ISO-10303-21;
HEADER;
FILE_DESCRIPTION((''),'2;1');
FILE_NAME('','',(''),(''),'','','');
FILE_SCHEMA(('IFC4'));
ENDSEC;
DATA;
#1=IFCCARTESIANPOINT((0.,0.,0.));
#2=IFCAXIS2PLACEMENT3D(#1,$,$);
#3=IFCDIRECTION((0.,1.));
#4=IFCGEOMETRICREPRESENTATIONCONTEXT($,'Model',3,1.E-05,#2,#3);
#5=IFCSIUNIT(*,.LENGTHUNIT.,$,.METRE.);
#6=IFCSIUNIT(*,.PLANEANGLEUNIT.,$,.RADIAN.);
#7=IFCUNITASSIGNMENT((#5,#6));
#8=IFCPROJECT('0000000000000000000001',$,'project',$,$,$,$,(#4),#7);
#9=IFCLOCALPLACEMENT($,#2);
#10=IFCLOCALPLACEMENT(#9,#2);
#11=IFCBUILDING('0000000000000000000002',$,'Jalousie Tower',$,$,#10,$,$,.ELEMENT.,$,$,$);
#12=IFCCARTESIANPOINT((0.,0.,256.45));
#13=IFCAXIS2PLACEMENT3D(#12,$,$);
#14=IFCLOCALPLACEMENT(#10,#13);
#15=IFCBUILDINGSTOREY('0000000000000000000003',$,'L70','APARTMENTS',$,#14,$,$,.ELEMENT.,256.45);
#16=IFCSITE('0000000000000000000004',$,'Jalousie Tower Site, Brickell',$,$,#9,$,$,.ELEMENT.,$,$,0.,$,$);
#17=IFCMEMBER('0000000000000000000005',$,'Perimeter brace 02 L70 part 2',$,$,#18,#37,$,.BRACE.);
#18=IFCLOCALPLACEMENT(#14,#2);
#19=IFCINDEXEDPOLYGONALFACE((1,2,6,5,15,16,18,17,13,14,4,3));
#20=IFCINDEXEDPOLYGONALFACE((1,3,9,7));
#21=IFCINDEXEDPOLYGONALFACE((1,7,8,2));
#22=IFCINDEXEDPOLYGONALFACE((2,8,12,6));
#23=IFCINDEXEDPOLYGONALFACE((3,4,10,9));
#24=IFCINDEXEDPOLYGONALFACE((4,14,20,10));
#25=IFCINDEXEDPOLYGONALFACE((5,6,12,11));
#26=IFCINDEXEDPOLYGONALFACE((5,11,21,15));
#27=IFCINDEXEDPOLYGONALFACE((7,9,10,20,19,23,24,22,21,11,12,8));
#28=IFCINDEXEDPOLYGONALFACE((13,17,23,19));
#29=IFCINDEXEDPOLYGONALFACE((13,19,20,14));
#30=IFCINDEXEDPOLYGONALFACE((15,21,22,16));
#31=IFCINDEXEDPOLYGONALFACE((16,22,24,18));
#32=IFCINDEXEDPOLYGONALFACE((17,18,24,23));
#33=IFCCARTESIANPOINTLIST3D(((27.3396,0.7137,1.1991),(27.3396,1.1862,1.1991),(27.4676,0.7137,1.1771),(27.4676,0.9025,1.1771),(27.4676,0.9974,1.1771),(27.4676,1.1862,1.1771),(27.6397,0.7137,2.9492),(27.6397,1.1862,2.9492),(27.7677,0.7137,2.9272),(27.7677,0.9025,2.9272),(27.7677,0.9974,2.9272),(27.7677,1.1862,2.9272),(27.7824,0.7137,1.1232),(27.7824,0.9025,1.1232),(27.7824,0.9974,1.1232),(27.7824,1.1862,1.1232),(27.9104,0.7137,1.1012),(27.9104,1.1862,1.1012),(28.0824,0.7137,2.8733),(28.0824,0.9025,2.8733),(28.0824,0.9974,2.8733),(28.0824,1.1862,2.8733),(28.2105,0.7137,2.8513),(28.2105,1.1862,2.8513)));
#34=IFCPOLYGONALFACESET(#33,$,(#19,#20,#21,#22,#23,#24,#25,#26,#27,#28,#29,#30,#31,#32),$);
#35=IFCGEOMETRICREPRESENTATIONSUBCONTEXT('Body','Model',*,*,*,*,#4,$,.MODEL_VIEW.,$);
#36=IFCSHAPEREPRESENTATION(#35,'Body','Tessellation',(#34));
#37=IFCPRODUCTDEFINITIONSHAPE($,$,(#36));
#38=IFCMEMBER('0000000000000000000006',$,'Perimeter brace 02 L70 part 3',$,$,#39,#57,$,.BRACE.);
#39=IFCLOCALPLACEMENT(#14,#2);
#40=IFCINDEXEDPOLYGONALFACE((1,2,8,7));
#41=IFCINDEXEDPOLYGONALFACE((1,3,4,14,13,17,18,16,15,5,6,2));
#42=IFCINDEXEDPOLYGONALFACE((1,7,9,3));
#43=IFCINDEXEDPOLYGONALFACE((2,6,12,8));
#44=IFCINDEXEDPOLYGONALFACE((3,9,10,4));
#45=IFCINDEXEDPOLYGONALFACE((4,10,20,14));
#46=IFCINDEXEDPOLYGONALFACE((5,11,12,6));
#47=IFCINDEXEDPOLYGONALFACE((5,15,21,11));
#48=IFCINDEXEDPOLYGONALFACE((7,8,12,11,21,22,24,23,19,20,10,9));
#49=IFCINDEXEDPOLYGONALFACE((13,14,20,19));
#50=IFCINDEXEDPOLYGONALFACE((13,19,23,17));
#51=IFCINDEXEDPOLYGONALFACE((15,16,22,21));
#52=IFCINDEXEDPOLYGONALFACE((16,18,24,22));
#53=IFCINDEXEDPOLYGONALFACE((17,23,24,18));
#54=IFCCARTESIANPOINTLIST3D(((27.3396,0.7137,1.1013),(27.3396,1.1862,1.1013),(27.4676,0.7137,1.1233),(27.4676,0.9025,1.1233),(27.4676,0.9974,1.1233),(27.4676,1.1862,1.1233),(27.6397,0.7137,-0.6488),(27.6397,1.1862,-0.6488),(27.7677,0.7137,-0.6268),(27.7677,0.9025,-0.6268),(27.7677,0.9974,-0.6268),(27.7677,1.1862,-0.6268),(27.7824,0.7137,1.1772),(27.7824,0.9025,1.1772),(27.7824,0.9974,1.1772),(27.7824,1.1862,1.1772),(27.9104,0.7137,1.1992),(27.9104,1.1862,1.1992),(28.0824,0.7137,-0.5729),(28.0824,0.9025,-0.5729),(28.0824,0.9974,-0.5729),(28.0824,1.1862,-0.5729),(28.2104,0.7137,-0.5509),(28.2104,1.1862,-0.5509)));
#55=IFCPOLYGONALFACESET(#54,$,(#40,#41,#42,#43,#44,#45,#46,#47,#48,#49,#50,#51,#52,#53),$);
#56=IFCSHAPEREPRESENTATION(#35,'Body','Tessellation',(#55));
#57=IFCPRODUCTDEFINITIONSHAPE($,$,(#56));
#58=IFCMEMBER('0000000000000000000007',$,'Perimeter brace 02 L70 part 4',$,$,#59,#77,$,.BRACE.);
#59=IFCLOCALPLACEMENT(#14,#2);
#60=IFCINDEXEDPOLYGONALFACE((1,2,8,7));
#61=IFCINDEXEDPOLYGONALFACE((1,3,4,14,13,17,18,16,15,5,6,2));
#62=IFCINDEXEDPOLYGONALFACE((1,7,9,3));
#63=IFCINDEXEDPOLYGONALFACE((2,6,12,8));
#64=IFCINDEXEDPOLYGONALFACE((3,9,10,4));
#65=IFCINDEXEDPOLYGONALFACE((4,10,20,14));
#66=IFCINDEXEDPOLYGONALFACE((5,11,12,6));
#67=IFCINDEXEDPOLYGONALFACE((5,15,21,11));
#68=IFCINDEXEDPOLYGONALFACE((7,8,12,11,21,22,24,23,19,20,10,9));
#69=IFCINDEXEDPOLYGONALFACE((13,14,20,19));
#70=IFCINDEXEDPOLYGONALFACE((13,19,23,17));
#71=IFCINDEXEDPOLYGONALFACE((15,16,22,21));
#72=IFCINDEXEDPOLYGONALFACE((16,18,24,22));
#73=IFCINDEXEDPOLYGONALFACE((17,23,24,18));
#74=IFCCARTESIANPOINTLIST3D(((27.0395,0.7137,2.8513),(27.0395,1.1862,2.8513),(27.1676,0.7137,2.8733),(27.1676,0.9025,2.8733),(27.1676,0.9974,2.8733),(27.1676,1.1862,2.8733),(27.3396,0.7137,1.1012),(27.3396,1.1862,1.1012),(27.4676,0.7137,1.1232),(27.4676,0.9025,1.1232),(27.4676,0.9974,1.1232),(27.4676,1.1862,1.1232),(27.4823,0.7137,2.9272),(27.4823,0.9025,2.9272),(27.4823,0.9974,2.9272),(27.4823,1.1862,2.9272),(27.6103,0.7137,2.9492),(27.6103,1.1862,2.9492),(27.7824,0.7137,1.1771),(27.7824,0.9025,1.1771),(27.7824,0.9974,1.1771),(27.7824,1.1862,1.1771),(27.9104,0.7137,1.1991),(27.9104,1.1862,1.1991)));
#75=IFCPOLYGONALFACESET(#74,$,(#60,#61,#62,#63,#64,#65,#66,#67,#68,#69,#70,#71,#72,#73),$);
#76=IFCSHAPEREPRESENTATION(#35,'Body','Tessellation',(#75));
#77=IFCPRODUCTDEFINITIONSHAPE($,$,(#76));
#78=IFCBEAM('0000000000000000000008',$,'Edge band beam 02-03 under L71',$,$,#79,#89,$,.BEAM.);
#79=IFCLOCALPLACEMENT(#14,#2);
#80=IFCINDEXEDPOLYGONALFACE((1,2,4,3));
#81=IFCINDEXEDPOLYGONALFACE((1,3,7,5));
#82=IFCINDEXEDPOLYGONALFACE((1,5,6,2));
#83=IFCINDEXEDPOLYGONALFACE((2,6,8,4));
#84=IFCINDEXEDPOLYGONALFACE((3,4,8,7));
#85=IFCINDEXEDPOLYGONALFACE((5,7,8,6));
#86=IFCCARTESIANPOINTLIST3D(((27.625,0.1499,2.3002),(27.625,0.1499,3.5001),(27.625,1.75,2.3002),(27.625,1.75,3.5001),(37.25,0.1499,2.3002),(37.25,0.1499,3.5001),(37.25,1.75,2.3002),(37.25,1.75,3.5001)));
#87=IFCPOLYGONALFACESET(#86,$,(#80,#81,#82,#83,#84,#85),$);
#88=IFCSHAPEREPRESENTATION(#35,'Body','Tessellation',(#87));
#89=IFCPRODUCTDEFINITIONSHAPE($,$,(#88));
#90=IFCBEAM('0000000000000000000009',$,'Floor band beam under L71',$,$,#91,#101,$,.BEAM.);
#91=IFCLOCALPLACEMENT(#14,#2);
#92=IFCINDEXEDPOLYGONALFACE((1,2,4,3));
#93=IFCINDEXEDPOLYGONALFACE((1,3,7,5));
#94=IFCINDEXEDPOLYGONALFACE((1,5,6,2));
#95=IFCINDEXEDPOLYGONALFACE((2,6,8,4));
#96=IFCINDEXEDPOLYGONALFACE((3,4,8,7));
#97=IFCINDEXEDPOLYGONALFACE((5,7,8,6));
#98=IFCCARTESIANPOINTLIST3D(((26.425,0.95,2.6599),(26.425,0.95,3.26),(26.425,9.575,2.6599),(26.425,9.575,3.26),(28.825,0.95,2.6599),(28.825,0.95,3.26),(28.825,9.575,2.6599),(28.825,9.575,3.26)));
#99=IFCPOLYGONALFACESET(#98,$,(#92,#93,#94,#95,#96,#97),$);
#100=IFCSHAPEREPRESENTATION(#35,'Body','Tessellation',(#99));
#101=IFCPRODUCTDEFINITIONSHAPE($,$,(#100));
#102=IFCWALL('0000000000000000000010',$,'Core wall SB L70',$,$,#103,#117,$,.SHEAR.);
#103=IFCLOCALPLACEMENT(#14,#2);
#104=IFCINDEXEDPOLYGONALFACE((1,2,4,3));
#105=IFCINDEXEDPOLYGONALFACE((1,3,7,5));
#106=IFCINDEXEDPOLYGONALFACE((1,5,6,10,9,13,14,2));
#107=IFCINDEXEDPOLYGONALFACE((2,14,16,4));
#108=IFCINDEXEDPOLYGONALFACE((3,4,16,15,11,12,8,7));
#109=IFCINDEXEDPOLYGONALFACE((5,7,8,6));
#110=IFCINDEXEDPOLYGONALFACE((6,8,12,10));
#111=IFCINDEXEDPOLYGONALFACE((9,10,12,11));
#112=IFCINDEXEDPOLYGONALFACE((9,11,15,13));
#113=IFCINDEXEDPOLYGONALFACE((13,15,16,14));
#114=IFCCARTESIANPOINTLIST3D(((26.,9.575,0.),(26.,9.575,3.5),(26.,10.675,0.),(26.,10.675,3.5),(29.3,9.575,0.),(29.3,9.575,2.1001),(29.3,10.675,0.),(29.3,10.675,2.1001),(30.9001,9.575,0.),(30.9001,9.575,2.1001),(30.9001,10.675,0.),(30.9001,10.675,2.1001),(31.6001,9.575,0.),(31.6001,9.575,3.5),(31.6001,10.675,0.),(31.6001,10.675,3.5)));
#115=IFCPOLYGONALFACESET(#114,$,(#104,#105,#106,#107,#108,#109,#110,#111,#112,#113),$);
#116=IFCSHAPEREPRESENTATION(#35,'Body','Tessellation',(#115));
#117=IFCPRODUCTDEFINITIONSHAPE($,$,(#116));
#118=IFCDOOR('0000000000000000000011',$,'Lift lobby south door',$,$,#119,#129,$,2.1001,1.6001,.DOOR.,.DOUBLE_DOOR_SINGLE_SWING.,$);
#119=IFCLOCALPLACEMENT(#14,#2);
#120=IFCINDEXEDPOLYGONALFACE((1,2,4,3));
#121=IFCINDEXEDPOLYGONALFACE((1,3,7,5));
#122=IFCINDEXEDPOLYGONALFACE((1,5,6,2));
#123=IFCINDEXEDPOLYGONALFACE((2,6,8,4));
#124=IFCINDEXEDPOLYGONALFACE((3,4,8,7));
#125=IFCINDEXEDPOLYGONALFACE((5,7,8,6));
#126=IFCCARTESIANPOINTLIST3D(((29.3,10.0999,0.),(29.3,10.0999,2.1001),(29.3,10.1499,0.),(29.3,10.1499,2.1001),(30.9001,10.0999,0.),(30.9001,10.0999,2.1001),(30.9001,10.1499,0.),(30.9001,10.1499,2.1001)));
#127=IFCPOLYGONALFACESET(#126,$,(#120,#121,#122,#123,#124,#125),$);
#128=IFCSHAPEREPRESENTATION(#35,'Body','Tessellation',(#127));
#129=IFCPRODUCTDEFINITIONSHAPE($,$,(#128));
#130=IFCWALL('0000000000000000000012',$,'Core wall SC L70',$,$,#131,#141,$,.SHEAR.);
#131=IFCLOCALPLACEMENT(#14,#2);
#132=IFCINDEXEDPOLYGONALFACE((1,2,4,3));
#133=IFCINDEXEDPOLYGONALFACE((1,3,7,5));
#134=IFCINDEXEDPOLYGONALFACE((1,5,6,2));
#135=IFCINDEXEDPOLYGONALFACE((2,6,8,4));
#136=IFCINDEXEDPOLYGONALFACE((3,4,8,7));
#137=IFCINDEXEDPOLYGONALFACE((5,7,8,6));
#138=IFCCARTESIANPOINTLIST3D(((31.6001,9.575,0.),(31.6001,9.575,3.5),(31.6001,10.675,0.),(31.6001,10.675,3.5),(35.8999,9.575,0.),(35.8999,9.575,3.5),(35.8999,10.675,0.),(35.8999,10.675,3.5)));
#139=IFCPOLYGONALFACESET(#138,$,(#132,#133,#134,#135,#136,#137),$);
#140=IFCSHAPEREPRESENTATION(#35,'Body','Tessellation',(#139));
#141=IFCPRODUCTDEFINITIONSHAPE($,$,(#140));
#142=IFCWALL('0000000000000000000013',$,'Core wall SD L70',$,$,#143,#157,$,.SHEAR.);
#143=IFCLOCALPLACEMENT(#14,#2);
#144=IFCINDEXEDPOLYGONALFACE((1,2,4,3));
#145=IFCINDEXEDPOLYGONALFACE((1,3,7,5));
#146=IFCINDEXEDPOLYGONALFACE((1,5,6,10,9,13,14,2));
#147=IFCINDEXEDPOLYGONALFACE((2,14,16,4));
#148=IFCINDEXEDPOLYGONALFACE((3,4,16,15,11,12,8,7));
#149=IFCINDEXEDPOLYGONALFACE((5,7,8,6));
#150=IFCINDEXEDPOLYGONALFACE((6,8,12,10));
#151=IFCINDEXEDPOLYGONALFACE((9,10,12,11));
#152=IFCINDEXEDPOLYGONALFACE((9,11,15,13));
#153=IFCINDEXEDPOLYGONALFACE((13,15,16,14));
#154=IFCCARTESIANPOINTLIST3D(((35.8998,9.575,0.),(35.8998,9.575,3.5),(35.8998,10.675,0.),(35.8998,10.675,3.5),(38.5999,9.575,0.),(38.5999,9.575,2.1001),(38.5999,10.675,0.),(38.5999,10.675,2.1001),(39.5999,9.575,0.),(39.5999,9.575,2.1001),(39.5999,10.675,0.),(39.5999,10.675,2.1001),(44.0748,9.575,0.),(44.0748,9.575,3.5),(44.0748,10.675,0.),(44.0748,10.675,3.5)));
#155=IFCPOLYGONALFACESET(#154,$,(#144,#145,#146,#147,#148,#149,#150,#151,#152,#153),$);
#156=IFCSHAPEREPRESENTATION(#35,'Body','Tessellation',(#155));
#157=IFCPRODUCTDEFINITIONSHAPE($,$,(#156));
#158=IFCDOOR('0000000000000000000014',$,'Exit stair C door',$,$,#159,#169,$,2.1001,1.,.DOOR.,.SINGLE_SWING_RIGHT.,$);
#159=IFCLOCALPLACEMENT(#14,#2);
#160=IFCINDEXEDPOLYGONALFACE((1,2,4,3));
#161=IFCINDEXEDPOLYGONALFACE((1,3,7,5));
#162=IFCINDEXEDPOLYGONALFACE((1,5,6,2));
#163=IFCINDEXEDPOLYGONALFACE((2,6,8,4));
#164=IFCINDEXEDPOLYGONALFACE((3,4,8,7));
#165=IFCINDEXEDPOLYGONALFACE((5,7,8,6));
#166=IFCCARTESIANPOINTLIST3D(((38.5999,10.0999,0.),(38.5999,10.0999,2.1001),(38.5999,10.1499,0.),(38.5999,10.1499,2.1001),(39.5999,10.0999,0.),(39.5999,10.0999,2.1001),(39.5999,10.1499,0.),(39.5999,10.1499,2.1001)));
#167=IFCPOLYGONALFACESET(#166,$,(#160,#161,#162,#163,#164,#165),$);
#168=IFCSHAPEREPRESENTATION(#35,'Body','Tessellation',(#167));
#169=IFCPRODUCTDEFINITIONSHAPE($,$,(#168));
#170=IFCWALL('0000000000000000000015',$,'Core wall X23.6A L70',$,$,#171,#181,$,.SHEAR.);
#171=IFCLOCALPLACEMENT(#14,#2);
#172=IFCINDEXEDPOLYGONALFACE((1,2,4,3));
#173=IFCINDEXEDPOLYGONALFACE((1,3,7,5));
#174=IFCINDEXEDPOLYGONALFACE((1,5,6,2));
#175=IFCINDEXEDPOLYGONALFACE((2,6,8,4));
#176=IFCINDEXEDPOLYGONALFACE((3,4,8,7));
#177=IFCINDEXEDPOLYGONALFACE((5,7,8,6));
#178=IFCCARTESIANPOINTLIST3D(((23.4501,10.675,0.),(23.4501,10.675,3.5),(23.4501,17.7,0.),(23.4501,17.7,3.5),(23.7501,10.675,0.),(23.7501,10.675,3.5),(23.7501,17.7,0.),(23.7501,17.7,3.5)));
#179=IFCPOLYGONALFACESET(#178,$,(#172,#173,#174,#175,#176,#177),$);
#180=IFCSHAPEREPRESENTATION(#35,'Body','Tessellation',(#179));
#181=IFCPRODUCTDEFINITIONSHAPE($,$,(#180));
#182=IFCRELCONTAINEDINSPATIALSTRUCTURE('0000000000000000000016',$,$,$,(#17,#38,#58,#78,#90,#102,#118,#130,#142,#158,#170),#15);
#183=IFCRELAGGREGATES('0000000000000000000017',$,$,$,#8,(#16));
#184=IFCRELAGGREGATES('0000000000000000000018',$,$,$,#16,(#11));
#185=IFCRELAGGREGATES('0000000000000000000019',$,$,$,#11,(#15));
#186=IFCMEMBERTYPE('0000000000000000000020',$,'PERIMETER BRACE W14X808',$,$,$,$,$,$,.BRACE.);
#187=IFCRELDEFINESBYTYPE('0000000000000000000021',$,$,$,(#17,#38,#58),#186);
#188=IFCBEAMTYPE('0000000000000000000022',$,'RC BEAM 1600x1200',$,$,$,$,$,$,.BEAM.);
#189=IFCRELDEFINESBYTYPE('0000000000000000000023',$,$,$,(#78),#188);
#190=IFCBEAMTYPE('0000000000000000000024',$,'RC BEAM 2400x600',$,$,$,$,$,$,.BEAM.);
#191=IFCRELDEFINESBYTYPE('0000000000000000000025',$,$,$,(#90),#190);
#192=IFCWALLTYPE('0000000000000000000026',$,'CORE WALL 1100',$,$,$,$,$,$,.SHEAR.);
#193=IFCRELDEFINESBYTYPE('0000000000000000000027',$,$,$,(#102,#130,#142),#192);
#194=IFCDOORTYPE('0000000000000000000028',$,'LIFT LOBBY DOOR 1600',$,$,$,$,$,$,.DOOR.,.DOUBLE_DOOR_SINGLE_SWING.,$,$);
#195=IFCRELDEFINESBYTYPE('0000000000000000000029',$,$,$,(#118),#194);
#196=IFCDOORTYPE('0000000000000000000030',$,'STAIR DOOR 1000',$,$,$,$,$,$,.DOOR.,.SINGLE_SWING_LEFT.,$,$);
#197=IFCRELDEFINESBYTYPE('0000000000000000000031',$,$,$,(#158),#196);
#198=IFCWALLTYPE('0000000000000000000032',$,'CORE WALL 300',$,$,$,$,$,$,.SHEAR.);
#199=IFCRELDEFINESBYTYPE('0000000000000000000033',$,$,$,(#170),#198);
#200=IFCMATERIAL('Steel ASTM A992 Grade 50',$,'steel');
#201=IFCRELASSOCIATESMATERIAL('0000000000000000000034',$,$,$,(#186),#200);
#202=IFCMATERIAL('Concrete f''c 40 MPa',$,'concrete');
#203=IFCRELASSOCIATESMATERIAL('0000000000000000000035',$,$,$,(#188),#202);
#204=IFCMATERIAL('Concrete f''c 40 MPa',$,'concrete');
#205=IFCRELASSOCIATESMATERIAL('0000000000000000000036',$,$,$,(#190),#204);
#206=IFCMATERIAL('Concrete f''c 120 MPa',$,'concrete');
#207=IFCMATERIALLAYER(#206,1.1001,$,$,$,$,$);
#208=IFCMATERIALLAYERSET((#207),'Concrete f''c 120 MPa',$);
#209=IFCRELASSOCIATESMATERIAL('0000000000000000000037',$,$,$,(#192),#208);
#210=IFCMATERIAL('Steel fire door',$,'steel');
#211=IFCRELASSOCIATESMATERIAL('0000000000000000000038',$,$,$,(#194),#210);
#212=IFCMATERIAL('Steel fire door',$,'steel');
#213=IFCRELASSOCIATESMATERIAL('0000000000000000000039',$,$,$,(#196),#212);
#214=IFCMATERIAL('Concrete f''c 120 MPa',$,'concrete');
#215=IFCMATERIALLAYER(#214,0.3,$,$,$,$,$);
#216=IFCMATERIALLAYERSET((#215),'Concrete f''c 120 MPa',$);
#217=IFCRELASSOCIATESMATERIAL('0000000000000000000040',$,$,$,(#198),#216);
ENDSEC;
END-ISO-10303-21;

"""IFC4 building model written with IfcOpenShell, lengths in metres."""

from ifc_helpers import new_model, si_unit, direction, frame, frame_2d, origin, origin_2d, place, context, subcontext, project, spatial, rectangle, i_section, extrude, material, layer, layer_set, material_profile, profile_set, type_object, element, fill, save


model = new_model("IFC4")

# Units and contexts
model_context = context("Model", 3, precision=1e-05, world=origin(), true_north=direction((0.0, 1.0)))
body_context = subcontext(model_context, "Body", "Model", "MODEL_VIEW")
ifc_project = project(units=[si_unit("LENGTHUNIT", "METRE"), si_unit("PLANEANGLEUNIT", "RADIAN")], contexts=[model_context])

# Site, building, storey
site_placement = place(None, origin())
site = spatial("IfcSite", under=ifc_project, at=site_placement, Name="Jalousie Tower Site, Brickell", CompositionType="ELEMENT", RefElevation=0.0)
building_placement = place(site_placement, origin())
building = spatial("IfcBuilding", under=site, at=building_placement, Name="Jalousie Tower", CompositionType="ELEMENT")
storey_placement = place(building_placement, frame((0.0, 0.0, 256.45)))
storey = spatial("IfcBuildingStorey", under=building, at=storey_placement, Name="L70", Description="APARTMENTS", CompositionType="ELEMENT", Elevation=256.45)

# Members
ifc_material_1 = material(Name="Steel ASTM A992 Grade 50", Category="steel")
ifc_material_profile_1 = material_profile(ifc_material_1, i_section(OverallWidth=0.4724, OverallDepth=0.5791, WebThickness=0.095, FlangeThickness=0.1299, at=origin_2d()), Name="W14X808")
ifc_profile_set_1 = profile_set([ifc_material_profile_1], Name="Steel ASTM A992 Grade 50")
member_type = type_object("IfcMemberType", Name="PERIMETER BRACE W14X808", PredefinedType="BRACE", material=ifc_profile_set_1)
for number, where, z_axis, x_axis, name in (
    (1, (27.625, 0.95, 1.1501), (0.168991, 0.0, 0.985618), (0.0, 1.0, 0.0), "Perimeter brace 02 L70 part 2"),
    (2, (27.925, 0.95, -0.5999), (-0.168991, 0.0, 0.985618), (0.0, -1.0, 0.0), "Perimeter brace 02 L70 part 3"),
    (3, (27.625, 0.95, 1.1501), (-0.168991, 0.0, 0.985618), (0.0, -1.0, 0.0), "Perimeter brace 02 L70 part 4"),
):
    element("IfcMember", number, at=place(storey_placement, frame(where, z_axis=z_axis, x_axis=x_axis)), inside=storey, type_object=member_type, Name=name, PredefinedType="BRACE", context=body_context, shape_type="SweptSolid", body=[
        extrude(i_section(OverallWidth=0.4724, OverallDepth=0.5791, WebThickness=0.095, FlangeThickness=0.1299, at=origin_2d()), origin(), (0.0, 0.0, 1.0), 1.7756),
    ])

# Beams
ifc_material_2 = material(Name="Concrete f'c 40 MPa", Category="concrete")
ifc_material_profile_2 = material_profile(ifc_material_2, rectangle(XDim=1.6001, YDim=1.2, at=origin_2d()), Name="RC 1600x1200")
ifc_profile_set_2 = profile_set([ifc_material_profile_2], Name="Concrete f'c 40 MPa")
beam_type_1 = type_object("IfcBeamType", Name="RC BEAM 1600x1200", PredefinedType="BEAM", material=ifc_profile_set_2)
beam_1_placement = place(storey_placement, frame((27.625, 0.95, 2.9001), z_axis=(1.0, 0.0, 0.0), x_axis=(0.0, 1.0, 0.0)))
element("IfcBeam", 4, at=beam_1_placement, inside=storey, type_object=beam_type_1, Name="Edge band beam 02-03 under L71", PredefinedType="BEAM", context=body_context, shape_type="SweptSolid", body=[
    extrude(rectangle(XDim=1.6001, YDim=1.2, at=origin_2d()), origin(), (0.0, 0.0, 1.0), 9.625),
])
ifc_material_3 = material(Name="Concrete f'c 40 MPa", Category="concrete")
ifc_material_profile_3 = material_profile(ifc_material_3, rectangle(XDim=2.3999, YDim=0.6001, at=origin_2d()), Name="RC 2400x600")
ifc_profile_set_3 = profile_set([ifc_material_profile_3], Name="Concrete f'c 40 MPa")
beam_type_2 = type_object("IfcBeamType", Name="RC BEAM 2400x600", PredefinedType="BEAM", material=ifc_profile_set_3)
beam_2_placement = place(storey_placement, frame((27.625, 0.95, 2.96), z_axis=(0.0, 1.0, 0.0), x_axis=(-1.0, 0.0, 0.0)))
element("IfcBeam", 5, at=beam_2_placement, inside=storey, type_object=beam_type_2, Name="Floor band beam under L71", PredefinedType="BEAM", context=body_context, shape_type="SweptSolid", body=[
    extrude(rectangle(XDim=2.3999, YDim=0.6001, at=origin_2d()), origin(), (0.0, 0.0, 1.0), 8.625),
])

# Wall, opening, door
ifc_material_4 = material(Name="Concrete f'c 120 MPa", Category="concrete")
ifc_layer_1 = layer(ifc_material_4, 1.1001)
ifc_layer_set_1 = layer_set([ifc_layer_1], Name="Concrete f'c 120 MPa")
wall_type_1 = type_object("IfcWallType", Name="CORE WALL 1100", PredefinedType="SHEAR", material=ifc_layer_set_1)
wall_1_placement = place(storey_placement, frame((26.0, 10.125, 0.0), z_axis=(0.0, 0.0, 1.0), x_axis=(1.0, 0.0, 0.0)))
wall_1 = element("IfcWall", 6, at=wall_1_placement, inside=storey, type_object=wall_type_1, Name="Core wall SB L70", PredefinedType="SHEAR", context=body_context, shape_type="SweptSolid", body=[
    extrude(rectangle(XDim=5.6001, YDim=1.1001, at=frame_2d((2.8, 0.0))), origin(), (0.0, 0.0, 1.0), 3.5),
])
opening_1_placement = place(wall_1_placement, frame((3.3, 0.0, 0.0)))
opening_1 = element("IfcOpeningElement", 7, at=opening_1_placement, cuts=wall_1, PredefinedType="OPENING", context=body_context, shape_type="SweptSolid", body=[
    extrude(rectangle(XDim=1.6001, YDim=2.1001, at=frame_2d((0.8, 1.05))), frame((0.0, 0.5601, 0.0), z_axis=(0.0, -1.0, 0.0), x_axis=(1.0, 0.0, 0.0)), (0.0, 0.0, 1.0), 1.1201),
])
ifc_material_5 = material(Name="Steel fire door", Category="steel")
door_type_1 = type_object("IfcDoorType", Name="LIFT LOBBY DOOR 1600", OperationType="DOUBLE_DOOR_SINGLE_SWING", PredefinedType="DOOR", material=ifc_material_5)
door_1_placement = place(opening_1_placement, origin())
door_1 = element("IfcDoor", 8, at=door_1_placement, inside=storey, type_object=door_type_1, Name="Lift lobby south door", OperationType="DOUBLE_DOOR_SINGLE_SWING", OverallHeight=2.1001, OverallWidth=1.6001, PredefinedType="DOOR", context=body_context, shape_type="SweptSolid", body=[
    extrude(rectangle(XDim=1.6001, YDim=2.1001, at=frame_2d((0.8, 1.05))), frame((0.0, 0.0249, 0.0), z_axis=(0.0, -1.0, 0.0), x_axis=(1.0, 0.0, 0.0)), (0.0, 0.0, 1.0), 0.05),
])
fill(opening_1, door_1)

# Wall
wall_2_placement = place(storey_placement, frame((31.6001, 10.125, 0.0), z_axis=(0.0, 0.0, 1.0), x_axis=(1.0, 0.0, 0.0)))
element("IfcWall", 9, at=wall_2_placement, inside=storey, type_object=wall_type_1, Name="Core wall SC L70", PredefinedType="SHEAR", context=body_context, shape_type="SweptSolid", body=[
    extrude(rectangle(XDim=4.2998, YDim=1.1001, at=frame_2d((2.1499, 0.0))), origin(), (0.0, 0.0, 1.0), 3.5),
])

# Wall, opening, door
wall_3_placement = place(storey_placement, frame((35.8999, 10.125, 0.0), z_axis=(0.0, 0.0, 1.0), x_axis=(1.0, 0.0, 0.0)))
wall_3 = element("IfcWall", 10, at=wall_3_placement, inside=storey, type_object=wall_type_1, Name="Core wall SD L70", PredefinedType="SHEAR", context=body_context, shape_type="SweptSolid", body=[
    extrude(rectangle(XDim=8.175, YDim=1.1001, at=frame_2d((4.0874, 0.0))), origin(), (0.0, 0.0, 1.0), 3.5),
])
opening_2_placement = place(wall_3_placement, frame((2.7, 0.0, 0.0)))
opening_2 = element("IfcOpeningElement", 11, at=opening_2_placement, cuts=wall_3, PredefinedType="OPENING", context=body_context, shape_type="SweptSolid", body=[
    extrude(rectangle(XDim=1.0, YDim=2.1001, at=frame_2d((0.5, 1.05))), frame((0.0, 0.5601, 0.0), z_axis=(0.0, -1.0, 0.0), x_axis=(1.0, 0.0, 0.0)), (0.0, 0.0, 1.0), 1.1201),
])
ifc_material_6 = material(Name="Steel fire door", Category="steel")
door_type_2 = type_object("IfcDoorType", Name="STAIR DOOR 1000", OperationType="SINGLE_SWING_LEFT", PredefinedType="DOOR", material=ifc_material_6)
door_2_placement = place(opening_2_placement, origin())
door_2 = element("IfcDoor", 12, at=door_2_placement, inside=storey, type_object=door_type_2, Name="Exit stair C door", OperationType="SINGLE_SWING_RIGHT", OverallHeight=2.1001, OverallWidth=1.0, PredefinedType="DOOR", context=body_context, shape_type="SweptSolid", body=[
    extrude(rectangle(XDim=1.0, YDim=2.1001, at=frame_2d((0.5, 1.05))), frame((0.0, 0.0249, 0.0), z_axis=(0.0, -1.0, 0.0), x_axis=(1.0, 0.0, 0.0)), (0.0, 0.0, 1.0), 0.05),
])
fill(opening_2, door_2)

# Wall
ifc_material_7 = material(Name="Concrete f'c 120 MPa", Category="concrete")
ifc_layer_2 = layer(ifc_material_7, 0.3)
ifc_layer_set_2 = layer_set([ifc_layer_2], Name="Concrete f'c 120 MPa")
wall_type_2 = type_object("IfcWallType", Name="CORE WALL 300", PredefinedType="SHEAR", material=ifc_layer_set_2)
wall_4_placement = place(storey_placement, frame((23.6001, 10.675, 0.0), z_axis=(0.0, 0.0, 1.0), x_axis=(0.0, 1.0, 0.0)))
element("IfcWall", 13, at=wall_4_placement, inside=storey, type_object=wall_type_2, Name="Core wall X23.6A L70", PredefinedType="SHEAR", context=body_context, shape_type="SweptSolid", body=[
    extrude(rectangle(XDim=7.0249, YDim=0.3, at=frame_2d((3.5125, 0.0))), origin(), (0.0, 0.0, 1.0), 3.5),
])

save(model, "model.ifc")
